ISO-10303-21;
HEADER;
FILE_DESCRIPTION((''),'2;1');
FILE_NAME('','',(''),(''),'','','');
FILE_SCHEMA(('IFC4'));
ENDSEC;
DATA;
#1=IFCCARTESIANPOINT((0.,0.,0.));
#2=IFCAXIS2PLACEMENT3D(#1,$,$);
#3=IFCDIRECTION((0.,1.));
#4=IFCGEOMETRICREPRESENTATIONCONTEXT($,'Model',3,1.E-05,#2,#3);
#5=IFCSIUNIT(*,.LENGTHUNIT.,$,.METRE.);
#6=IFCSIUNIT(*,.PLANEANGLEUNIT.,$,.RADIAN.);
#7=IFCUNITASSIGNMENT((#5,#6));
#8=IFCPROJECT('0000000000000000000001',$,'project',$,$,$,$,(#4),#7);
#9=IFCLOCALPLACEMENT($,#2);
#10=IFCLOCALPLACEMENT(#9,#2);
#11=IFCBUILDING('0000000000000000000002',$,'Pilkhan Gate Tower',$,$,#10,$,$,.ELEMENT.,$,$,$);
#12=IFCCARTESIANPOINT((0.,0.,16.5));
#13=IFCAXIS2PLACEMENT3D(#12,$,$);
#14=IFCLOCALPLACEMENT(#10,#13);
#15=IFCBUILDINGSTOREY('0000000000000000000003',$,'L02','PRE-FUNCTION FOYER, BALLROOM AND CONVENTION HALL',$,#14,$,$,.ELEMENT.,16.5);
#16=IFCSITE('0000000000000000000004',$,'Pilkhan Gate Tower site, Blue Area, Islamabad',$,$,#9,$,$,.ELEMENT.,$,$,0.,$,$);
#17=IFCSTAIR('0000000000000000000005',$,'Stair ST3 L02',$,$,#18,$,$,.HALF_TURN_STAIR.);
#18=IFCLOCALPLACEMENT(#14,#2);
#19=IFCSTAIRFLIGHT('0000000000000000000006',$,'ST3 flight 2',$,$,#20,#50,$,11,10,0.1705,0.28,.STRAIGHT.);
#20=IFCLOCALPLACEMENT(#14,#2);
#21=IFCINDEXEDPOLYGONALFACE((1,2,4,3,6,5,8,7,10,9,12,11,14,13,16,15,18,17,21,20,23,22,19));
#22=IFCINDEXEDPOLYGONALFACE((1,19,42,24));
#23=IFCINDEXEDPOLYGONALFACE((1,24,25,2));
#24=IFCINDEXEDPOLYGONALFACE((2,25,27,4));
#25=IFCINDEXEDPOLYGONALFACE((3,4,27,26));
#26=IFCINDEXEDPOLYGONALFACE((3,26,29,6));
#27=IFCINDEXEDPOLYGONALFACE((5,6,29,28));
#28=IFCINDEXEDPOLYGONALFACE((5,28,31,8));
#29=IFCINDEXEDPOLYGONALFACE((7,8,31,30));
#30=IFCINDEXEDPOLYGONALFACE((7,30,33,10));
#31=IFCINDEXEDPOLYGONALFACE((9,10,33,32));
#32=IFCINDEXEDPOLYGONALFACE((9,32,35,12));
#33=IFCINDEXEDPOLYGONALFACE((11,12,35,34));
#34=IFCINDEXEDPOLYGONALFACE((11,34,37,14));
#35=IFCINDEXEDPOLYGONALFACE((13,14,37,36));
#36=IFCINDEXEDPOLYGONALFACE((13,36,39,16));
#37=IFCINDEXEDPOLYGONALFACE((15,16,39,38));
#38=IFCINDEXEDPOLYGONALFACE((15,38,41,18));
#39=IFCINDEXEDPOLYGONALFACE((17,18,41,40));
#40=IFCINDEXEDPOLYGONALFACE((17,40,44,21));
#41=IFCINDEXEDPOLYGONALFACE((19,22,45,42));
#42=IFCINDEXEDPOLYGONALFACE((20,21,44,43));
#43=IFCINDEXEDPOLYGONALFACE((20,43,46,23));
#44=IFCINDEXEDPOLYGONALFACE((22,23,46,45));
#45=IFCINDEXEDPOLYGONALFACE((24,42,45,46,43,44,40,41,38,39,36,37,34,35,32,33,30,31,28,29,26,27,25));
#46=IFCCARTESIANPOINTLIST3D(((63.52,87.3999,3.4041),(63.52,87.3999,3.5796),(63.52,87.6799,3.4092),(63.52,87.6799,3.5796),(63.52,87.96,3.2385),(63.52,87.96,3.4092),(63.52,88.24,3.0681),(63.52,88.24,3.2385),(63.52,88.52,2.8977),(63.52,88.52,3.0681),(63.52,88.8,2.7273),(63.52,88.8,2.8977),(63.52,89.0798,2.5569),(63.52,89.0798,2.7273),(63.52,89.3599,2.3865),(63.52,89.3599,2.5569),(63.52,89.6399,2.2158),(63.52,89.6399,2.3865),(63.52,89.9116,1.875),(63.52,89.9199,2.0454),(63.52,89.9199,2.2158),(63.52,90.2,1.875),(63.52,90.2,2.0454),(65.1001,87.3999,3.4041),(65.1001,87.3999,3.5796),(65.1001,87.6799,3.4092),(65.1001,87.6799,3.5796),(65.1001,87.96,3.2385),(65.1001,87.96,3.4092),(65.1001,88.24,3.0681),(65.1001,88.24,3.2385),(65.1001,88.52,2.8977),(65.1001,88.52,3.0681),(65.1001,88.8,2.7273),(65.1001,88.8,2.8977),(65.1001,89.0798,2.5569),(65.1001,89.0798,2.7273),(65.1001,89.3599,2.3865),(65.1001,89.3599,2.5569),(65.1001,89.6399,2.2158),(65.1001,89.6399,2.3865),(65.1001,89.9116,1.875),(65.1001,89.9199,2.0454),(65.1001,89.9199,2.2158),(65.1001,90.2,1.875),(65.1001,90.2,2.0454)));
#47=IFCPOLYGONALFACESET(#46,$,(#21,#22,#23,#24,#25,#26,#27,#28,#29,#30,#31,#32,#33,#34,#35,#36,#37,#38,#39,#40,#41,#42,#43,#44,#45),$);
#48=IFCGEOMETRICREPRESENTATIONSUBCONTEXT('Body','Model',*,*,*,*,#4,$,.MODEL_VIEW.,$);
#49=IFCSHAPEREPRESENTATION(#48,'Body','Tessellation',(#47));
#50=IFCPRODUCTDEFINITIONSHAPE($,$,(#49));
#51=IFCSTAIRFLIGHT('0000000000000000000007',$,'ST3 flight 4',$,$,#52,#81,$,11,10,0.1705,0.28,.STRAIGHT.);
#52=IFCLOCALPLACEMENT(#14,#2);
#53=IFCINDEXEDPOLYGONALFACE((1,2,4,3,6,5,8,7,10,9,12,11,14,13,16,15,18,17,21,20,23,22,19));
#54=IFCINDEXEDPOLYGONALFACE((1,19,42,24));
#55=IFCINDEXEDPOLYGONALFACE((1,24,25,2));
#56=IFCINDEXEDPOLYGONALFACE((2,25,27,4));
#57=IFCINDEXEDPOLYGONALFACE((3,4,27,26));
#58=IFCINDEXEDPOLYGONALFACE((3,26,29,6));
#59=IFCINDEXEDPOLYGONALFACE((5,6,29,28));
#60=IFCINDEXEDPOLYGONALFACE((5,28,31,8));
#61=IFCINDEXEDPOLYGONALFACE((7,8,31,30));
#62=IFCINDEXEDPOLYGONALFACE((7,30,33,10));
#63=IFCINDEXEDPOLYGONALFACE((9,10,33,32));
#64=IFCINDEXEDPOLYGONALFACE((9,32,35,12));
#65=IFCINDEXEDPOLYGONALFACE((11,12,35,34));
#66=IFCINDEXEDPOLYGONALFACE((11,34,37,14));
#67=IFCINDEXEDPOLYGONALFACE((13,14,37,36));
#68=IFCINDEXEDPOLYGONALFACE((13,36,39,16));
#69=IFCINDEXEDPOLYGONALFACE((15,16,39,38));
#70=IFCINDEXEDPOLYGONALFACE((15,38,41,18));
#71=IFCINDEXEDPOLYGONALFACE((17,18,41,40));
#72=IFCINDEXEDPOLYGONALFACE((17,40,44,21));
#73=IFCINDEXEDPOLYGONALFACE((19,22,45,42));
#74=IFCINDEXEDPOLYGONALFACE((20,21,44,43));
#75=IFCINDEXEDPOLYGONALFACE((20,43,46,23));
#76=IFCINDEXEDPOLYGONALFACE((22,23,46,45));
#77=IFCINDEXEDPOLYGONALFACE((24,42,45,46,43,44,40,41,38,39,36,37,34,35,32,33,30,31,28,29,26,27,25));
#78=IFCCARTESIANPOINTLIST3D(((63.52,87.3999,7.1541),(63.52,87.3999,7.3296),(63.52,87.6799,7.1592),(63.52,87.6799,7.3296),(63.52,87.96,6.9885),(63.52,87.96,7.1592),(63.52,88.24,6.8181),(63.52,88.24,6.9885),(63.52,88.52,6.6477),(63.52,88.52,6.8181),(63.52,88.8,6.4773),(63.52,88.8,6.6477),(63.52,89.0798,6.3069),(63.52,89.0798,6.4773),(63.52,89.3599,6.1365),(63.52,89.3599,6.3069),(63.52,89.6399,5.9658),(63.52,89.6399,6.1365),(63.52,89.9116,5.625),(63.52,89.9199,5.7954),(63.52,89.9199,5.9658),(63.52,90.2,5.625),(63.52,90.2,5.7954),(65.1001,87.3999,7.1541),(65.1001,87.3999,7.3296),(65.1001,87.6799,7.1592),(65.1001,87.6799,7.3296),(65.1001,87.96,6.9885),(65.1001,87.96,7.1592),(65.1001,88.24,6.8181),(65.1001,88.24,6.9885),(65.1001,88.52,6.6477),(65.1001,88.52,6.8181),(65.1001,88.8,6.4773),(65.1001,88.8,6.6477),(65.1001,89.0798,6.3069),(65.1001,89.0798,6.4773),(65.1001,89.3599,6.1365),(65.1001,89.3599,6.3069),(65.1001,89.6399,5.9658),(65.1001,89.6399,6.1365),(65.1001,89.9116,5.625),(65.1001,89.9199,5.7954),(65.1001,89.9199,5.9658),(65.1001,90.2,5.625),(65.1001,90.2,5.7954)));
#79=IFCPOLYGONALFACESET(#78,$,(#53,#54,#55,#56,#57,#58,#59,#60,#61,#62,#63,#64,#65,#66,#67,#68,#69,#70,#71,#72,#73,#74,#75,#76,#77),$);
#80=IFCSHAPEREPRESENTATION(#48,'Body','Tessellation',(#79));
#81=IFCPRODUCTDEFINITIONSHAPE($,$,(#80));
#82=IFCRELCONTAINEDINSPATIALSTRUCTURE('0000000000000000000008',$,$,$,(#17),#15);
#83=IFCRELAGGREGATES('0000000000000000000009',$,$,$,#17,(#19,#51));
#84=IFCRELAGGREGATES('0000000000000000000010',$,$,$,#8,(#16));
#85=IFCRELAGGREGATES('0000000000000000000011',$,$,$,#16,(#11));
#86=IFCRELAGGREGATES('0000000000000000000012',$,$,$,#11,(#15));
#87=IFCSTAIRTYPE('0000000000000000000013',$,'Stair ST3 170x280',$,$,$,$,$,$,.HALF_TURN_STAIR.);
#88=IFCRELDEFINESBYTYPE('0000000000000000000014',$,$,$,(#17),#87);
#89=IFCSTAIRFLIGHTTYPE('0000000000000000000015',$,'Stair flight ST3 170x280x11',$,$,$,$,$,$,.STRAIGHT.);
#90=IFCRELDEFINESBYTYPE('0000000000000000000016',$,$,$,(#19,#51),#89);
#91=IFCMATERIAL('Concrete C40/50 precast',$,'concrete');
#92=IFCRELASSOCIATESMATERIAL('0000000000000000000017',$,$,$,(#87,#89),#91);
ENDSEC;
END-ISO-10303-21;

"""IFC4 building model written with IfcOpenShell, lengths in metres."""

from ifc_helpers import new_model, si_unit, direction, frame, origin, place, context, subcontext, project, spatial, polyline, outline, extrude, material, type_object, element, aggregate, save


model = new_model("IFC4")

# Units and contexts
model_context = context("Model", 3, precision=1e-05, world=origin(), true_north=direction((0.0, 1.0)))
body_context = subcontext(model_context, "Body", "Model", "MODEL_VIEW")
ifc_project = project(units=[si_unit("LENGTHUNIT", "METRE"), si_unit("PLANEANGLEUNIT", "RADIAN")], contexts=[model_context])

# Site, building, storey
site_placement = place(None, origin())
site = spatial("IfcSite", under=ifc_project, at=site_placement, Name="Pilkhan Gate Tower site, Blue Area, Islamabad", CompositionType="ELEMENT", RefElevation=0.0)
building_placement = place(site_placement, origin())
building = spatial("IfcBuilding", under=site, at=building_placement, Name="Pilkhan Gate Tower", CompositionType="ELEMENT")
storey_placement = place(building_placement, frame((0.0, 0.0, 16.5)))
storey = spatial("IfcBuildingStorey", under=building, at=storey_placement, Name="L02", Description="PRE-FUNCTION FOYER, BALLROOM AND CONVENTION HALL", CompositionType="ELEMENT", Elevation=16.5)

# Stair, stair flights
ifc_material_1 = material(Name="Concrete C40/50 precast", Category="concrete")
stair_type = type_object("IfcStairType", Name="Stair ST3 170x280", PredefinedType="HALF_TURN_STAIR", material=ifc_material_1)
stair_placement = place(storey_placement, origin())
stair = element("IfcStair", 1, at=stair_placement, inside=storey, type_object=stair_type, Name="Stair ST3 L02", PredefinedType="HALF_TURN_STAIR")
stair_flight_type = type_object("IfcStairFlightType", Name="Stair flight ST3 170x280x11", PredefinedType="STRAIGHT", material=ifc_material_1)
stair_flight_1_placement = place(storey_placement, frame((64.3101, 90.2, 1.875), z_axis=(0.0, 0.0, 1.0), x_axis=(0.0, -1.0, 0.0)))
stair_flight_1 = element("IfcStairFlight", 2, at=stair_flight_1_placement, type_object=stair_flight_type, Name="ST3 flight 2", NumberOfRisers=11, NumberOfTreads=10, PredefinedType="STRAIGHT", RiserHeight=0.1705, TreadLength=0.28, context=body_context, shape_type="SweptSolid", body=[
    extrude(outline(polyline([(0.0, 0.0), (0.0, 0.1704), (0.28, 0.1704), (0.28, 0.3408), (0.5601, 0.3408), (0.5601, 0.5115), (0.8401, 0.5115), (0.8401, 0.6819), (1.1201, 0.6819), (1.1201, 0.8523), (1.3999, 0.8523), (1.3999, 1.0227), (1.6799, 1.0227), (1.6799, 1.1931), (1.96, 1.1931), (1.96, 1.3635), (2.24, 1.3635), (2.24, 1.5342), (2.52, 1.5342), (2.52, 1.7046), (2.8, 1.7046), (2.8, 1.875), (2.8, 1.5291), (0.2883, 0.0), (0.0, 0.0)])), frame((0.0, 0.79, 0.0), z_axis=(0.0, -1.0, 0.0), x_axis=(1.0, 0.0, 0.0)), (0.0, 0.0, 1.0), 1.5801),
])
stair_flight_2_placement = place(storey_placement, frame((64.3101, 90.2, 5.625), z_axis=(0.0, 0.0, 1.0), x_axis=(0.0, -1.0, 0.0)))
stair_flight_2 = element("IfcStairFlight", 3, at=stair_flight_2_placement, type_object=stair_flight_type, Name="ST3 flight 4", NumberOfRisers=11, NumberOfTreads=10, PredefinedType="STRAIGHT", RiserHeight=0.1705, TreadLength=0.28, context=body_context, shape_type="SweptSolid", body=[
    extrude(outline(polyline([(0.0, 0.0), (0.0, 0.1704), (0.28, 0.1704), (0.28, 0.3408), (0.5601, 0.3408), (0.5601, 0.5115), (0.8401, 0.5115), (0.8401, 0.6819), (1.1201, 0.6819), (1.1201, 0.8523), (1.3999, 0.8523), (1.3999, 1.0227), (1.6799, 1.0227), (1.6799, 1.1931), (1.96, 1.1931), (1.96, 1.3635), (2.24, 1.3635), (2.24, 1.5342), (2.52, 1.5342), (2.52, 1.7046), (2.8, 1.7046), (2.8, 1.875), (2.8, 1.5291), (0.2883, 0.0), (0.0, 0.0)])), frame((0.0, 0.79, 0.0), z_axis=(0.0, -1.0, 0.0), x_axis=(1.0, 0.0, 0.0)), (0.0, 0.0, 1.0), 1.5801),
])
aggregate(stair, [stair_flight_1, stair_flight_2])

save(model, "model.ifc")
